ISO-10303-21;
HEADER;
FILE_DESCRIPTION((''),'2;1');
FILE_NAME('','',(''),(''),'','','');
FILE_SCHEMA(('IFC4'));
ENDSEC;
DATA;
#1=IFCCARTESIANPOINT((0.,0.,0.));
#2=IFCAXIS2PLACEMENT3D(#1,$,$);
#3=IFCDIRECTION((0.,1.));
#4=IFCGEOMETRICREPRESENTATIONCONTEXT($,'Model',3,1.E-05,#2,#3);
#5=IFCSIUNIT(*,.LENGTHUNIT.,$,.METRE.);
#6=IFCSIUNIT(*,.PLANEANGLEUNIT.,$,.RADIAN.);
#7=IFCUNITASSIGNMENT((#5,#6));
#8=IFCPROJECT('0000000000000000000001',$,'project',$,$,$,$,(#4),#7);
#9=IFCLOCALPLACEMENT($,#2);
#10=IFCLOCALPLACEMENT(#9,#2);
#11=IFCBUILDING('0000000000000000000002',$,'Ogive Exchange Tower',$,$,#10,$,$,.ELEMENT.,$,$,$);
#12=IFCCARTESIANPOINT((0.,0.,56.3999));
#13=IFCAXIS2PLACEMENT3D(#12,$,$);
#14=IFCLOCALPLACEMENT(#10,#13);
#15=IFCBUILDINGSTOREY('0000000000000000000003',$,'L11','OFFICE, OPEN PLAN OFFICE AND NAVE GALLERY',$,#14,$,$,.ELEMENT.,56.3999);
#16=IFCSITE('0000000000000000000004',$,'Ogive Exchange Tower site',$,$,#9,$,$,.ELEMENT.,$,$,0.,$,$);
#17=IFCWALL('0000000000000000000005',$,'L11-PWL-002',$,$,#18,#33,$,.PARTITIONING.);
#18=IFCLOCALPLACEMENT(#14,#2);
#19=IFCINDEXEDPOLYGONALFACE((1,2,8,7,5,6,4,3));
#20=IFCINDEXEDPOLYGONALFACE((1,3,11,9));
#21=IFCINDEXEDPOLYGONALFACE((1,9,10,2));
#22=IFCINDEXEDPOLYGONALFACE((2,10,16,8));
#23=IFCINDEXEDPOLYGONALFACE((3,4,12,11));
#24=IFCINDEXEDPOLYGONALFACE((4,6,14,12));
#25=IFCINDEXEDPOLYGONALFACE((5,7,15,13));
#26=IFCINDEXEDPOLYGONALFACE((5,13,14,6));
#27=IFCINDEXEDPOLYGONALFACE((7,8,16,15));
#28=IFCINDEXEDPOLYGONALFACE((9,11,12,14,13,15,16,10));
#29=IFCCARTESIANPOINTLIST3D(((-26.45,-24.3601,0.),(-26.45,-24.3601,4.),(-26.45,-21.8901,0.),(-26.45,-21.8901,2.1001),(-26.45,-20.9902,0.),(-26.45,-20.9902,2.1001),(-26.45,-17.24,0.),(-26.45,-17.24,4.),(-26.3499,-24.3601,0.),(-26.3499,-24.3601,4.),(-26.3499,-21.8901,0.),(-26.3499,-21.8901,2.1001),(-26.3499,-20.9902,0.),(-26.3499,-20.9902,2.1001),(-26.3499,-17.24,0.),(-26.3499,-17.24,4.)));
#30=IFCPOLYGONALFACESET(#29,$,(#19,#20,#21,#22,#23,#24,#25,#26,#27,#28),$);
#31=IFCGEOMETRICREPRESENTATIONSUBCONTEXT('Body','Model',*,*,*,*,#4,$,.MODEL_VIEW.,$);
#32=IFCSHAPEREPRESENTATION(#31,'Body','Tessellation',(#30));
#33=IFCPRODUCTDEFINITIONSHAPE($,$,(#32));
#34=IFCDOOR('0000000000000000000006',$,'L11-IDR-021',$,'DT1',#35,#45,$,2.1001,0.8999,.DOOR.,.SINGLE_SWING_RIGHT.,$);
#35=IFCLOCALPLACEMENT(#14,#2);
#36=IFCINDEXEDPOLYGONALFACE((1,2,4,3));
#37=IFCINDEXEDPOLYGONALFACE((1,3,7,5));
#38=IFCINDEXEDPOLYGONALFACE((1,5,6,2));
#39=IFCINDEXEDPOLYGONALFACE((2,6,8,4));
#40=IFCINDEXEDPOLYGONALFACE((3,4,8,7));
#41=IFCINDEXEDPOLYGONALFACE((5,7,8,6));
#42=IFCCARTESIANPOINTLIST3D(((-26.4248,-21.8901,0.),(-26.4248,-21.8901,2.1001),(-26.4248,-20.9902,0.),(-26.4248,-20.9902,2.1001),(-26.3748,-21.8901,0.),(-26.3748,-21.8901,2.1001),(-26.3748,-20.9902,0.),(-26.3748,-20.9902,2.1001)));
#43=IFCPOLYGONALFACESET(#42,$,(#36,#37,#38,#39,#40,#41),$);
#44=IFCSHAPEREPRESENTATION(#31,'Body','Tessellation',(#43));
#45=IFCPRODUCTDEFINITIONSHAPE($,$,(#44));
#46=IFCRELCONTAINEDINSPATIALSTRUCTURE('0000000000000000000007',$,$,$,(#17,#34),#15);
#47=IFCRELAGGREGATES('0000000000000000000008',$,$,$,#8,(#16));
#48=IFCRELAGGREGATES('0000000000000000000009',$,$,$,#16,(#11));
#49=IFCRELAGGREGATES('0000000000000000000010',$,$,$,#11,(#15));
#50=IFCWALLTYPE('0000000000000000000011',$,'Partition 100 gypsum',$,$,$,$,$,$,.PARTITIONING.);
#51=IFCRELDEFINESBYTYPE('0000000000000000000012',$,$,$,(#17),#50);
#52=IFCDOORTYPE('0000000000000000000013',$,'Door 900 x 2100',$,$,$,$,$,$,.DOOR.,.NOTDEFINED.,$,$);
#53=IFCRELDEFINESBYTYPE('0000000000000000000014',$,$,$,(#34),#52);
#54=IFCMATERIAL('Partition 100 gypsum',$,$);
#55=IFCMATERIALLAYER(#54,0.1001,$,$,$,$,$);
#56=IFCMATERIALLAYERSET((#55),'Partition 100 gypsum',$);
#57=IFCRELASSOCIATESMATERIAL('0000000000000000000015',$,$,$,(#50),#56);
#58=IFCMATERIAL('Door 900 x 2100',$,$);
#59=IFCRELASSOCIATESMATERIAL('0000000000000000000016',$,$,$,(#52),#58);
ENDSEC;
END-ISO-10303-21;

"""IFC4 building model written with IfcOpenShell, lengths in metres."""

from ifc_helpers import new_model, si_unit, direction, frame, frame_2d, origin, place, context, subcontext, project, spatial, rectangle, extrude, material, layer, layer_set, type_object, element, fill, save


model = new_model("IFC4")

# Units and contexts
model_context = context("Model", 3, precision=1e-05, world=origin(), true_north=direction((0.0, 1.0)))
body_context = subcontext(model_context, "Body", "Model", "MODEL_VIEW")
ifc_project = project(units=[si_unit("LENGTHUNIT", "METRE"), si_unit("PLANEANGLEUNIT", "RADIAN")], contexts=[model_context])

# Site, building, storey
site_placement = place(None, origin())
site = spatial("IfcSite", under=ifc_project, at=site_placement, Name="Ogive Exchange Tower site", CompositionType="ELEMENT", RefElevation=0.0)
building_placement = place(site_placement, origin())
building = spatial("IfcBuilding", under=site, at=building_placement, Name="Ogive Exchange Tower", CompositionType="ELEMENT")
storey_placement = place(building_placement, frame((0.0, 0.0, 56.3999)))
storey = spatial("IfcBuildingStorey", under=building, at=storey_placement, Name="L11", Description="OFFICE, OPEN PLAN OFFICE AND NAVE GALLERY", CompositionType="ELEMENT", Elevation=56.3999)

# Shared definitions
ifc_material_1 = material(Name="Partition 100 gypsum")
ifc_layer_1 = layer(ifc_material_1, 0.1001)
ifc_layer_set_1 = layer_set([ifc_layer_1], Name="Partition 100 gypsum")
wall_type_1 = type_object("IfcWallType", Name="Partition 100 gypsum", PredefinedType="PARTITIONING", material=ifc_layer_set_1)

# Wall, opening, door
wall_1_placement = place(storey_placement, frame((-26.3999, -24.3601, 0.0), z_axis=(0.0, 0.0, 1.0), x_axis=(0.0, 1.0, 0.0)))
wall_1 = element("IfcWall", 1, at=wall_1_placement, inside=storey, type_object=wall_type_1, Name="L11-PWL-002", PredefinedType="PARTITIONING", context=body_context, shape_type="SweptSolid", body=[
    extrude(rectangle(XDim=7.1201, YDim=0.1001, at=frame_2d((3.5601, 0.0))), origin(), (0.0, 0.0, 1.0), 4.0),
])
opening_1_placement = place(wall_1_placement, frame((2.47, 0.0, 0.0)))
opening_1 = element("IfcOpeningElement", 2, at=opening_1_placement, cuts=wall_1, PredefinedType="OPENING", context=body_context, shape_type="SweptSolid", body=[
    extrude(rectangle(XDim=0.8999, YDim=2.1001, at=frame_2d((0.45, 1.05))), frame((0.0, 0.0601, 0.0), z_axis=(0.0, -1.0, 0.0), x_axis=(1.0, 0.0, 0.0)), (0.0, 0.0, 1.0), 0.1201),
])
ifc_material_2 = material(Name="Door 900 x 2100")
door_type_1 = type_object("IfcDoorType", Name="Door 900 x 2100", OperationType="NOTDEFINED", PredefinedType="DOOR", material=ifc_material_2)
door_1_placement = place(opening_1_placement, origin())
door_1 = element("IfcDoor", 3, at=door_1_placement, inside=storey, type_object=door_type_1, Name="L11-IDR-021", ObjectType="DT1", OperationType="SINGLE_SWING_RIGHT", OverallHeight=2.1001, OverallWidth=0.8999, PredefinedType="DOOR", context=body_context, shape_type="SweptSolid", body=[
    extrude(rectangle(XDim=0.8999, YDim=2.1001, at=frame_2d((0.45, 1.05))), frame((0.0, 0.0249, 0.0), z_axis=(0.0, -1.0, 0.0), x_axis=(1.0, 0.0, 0.0)), (0.0, 0.0, 1.0), 0.05),
])
fill(opening_1, door_1)

save(model, "model.ifc")
